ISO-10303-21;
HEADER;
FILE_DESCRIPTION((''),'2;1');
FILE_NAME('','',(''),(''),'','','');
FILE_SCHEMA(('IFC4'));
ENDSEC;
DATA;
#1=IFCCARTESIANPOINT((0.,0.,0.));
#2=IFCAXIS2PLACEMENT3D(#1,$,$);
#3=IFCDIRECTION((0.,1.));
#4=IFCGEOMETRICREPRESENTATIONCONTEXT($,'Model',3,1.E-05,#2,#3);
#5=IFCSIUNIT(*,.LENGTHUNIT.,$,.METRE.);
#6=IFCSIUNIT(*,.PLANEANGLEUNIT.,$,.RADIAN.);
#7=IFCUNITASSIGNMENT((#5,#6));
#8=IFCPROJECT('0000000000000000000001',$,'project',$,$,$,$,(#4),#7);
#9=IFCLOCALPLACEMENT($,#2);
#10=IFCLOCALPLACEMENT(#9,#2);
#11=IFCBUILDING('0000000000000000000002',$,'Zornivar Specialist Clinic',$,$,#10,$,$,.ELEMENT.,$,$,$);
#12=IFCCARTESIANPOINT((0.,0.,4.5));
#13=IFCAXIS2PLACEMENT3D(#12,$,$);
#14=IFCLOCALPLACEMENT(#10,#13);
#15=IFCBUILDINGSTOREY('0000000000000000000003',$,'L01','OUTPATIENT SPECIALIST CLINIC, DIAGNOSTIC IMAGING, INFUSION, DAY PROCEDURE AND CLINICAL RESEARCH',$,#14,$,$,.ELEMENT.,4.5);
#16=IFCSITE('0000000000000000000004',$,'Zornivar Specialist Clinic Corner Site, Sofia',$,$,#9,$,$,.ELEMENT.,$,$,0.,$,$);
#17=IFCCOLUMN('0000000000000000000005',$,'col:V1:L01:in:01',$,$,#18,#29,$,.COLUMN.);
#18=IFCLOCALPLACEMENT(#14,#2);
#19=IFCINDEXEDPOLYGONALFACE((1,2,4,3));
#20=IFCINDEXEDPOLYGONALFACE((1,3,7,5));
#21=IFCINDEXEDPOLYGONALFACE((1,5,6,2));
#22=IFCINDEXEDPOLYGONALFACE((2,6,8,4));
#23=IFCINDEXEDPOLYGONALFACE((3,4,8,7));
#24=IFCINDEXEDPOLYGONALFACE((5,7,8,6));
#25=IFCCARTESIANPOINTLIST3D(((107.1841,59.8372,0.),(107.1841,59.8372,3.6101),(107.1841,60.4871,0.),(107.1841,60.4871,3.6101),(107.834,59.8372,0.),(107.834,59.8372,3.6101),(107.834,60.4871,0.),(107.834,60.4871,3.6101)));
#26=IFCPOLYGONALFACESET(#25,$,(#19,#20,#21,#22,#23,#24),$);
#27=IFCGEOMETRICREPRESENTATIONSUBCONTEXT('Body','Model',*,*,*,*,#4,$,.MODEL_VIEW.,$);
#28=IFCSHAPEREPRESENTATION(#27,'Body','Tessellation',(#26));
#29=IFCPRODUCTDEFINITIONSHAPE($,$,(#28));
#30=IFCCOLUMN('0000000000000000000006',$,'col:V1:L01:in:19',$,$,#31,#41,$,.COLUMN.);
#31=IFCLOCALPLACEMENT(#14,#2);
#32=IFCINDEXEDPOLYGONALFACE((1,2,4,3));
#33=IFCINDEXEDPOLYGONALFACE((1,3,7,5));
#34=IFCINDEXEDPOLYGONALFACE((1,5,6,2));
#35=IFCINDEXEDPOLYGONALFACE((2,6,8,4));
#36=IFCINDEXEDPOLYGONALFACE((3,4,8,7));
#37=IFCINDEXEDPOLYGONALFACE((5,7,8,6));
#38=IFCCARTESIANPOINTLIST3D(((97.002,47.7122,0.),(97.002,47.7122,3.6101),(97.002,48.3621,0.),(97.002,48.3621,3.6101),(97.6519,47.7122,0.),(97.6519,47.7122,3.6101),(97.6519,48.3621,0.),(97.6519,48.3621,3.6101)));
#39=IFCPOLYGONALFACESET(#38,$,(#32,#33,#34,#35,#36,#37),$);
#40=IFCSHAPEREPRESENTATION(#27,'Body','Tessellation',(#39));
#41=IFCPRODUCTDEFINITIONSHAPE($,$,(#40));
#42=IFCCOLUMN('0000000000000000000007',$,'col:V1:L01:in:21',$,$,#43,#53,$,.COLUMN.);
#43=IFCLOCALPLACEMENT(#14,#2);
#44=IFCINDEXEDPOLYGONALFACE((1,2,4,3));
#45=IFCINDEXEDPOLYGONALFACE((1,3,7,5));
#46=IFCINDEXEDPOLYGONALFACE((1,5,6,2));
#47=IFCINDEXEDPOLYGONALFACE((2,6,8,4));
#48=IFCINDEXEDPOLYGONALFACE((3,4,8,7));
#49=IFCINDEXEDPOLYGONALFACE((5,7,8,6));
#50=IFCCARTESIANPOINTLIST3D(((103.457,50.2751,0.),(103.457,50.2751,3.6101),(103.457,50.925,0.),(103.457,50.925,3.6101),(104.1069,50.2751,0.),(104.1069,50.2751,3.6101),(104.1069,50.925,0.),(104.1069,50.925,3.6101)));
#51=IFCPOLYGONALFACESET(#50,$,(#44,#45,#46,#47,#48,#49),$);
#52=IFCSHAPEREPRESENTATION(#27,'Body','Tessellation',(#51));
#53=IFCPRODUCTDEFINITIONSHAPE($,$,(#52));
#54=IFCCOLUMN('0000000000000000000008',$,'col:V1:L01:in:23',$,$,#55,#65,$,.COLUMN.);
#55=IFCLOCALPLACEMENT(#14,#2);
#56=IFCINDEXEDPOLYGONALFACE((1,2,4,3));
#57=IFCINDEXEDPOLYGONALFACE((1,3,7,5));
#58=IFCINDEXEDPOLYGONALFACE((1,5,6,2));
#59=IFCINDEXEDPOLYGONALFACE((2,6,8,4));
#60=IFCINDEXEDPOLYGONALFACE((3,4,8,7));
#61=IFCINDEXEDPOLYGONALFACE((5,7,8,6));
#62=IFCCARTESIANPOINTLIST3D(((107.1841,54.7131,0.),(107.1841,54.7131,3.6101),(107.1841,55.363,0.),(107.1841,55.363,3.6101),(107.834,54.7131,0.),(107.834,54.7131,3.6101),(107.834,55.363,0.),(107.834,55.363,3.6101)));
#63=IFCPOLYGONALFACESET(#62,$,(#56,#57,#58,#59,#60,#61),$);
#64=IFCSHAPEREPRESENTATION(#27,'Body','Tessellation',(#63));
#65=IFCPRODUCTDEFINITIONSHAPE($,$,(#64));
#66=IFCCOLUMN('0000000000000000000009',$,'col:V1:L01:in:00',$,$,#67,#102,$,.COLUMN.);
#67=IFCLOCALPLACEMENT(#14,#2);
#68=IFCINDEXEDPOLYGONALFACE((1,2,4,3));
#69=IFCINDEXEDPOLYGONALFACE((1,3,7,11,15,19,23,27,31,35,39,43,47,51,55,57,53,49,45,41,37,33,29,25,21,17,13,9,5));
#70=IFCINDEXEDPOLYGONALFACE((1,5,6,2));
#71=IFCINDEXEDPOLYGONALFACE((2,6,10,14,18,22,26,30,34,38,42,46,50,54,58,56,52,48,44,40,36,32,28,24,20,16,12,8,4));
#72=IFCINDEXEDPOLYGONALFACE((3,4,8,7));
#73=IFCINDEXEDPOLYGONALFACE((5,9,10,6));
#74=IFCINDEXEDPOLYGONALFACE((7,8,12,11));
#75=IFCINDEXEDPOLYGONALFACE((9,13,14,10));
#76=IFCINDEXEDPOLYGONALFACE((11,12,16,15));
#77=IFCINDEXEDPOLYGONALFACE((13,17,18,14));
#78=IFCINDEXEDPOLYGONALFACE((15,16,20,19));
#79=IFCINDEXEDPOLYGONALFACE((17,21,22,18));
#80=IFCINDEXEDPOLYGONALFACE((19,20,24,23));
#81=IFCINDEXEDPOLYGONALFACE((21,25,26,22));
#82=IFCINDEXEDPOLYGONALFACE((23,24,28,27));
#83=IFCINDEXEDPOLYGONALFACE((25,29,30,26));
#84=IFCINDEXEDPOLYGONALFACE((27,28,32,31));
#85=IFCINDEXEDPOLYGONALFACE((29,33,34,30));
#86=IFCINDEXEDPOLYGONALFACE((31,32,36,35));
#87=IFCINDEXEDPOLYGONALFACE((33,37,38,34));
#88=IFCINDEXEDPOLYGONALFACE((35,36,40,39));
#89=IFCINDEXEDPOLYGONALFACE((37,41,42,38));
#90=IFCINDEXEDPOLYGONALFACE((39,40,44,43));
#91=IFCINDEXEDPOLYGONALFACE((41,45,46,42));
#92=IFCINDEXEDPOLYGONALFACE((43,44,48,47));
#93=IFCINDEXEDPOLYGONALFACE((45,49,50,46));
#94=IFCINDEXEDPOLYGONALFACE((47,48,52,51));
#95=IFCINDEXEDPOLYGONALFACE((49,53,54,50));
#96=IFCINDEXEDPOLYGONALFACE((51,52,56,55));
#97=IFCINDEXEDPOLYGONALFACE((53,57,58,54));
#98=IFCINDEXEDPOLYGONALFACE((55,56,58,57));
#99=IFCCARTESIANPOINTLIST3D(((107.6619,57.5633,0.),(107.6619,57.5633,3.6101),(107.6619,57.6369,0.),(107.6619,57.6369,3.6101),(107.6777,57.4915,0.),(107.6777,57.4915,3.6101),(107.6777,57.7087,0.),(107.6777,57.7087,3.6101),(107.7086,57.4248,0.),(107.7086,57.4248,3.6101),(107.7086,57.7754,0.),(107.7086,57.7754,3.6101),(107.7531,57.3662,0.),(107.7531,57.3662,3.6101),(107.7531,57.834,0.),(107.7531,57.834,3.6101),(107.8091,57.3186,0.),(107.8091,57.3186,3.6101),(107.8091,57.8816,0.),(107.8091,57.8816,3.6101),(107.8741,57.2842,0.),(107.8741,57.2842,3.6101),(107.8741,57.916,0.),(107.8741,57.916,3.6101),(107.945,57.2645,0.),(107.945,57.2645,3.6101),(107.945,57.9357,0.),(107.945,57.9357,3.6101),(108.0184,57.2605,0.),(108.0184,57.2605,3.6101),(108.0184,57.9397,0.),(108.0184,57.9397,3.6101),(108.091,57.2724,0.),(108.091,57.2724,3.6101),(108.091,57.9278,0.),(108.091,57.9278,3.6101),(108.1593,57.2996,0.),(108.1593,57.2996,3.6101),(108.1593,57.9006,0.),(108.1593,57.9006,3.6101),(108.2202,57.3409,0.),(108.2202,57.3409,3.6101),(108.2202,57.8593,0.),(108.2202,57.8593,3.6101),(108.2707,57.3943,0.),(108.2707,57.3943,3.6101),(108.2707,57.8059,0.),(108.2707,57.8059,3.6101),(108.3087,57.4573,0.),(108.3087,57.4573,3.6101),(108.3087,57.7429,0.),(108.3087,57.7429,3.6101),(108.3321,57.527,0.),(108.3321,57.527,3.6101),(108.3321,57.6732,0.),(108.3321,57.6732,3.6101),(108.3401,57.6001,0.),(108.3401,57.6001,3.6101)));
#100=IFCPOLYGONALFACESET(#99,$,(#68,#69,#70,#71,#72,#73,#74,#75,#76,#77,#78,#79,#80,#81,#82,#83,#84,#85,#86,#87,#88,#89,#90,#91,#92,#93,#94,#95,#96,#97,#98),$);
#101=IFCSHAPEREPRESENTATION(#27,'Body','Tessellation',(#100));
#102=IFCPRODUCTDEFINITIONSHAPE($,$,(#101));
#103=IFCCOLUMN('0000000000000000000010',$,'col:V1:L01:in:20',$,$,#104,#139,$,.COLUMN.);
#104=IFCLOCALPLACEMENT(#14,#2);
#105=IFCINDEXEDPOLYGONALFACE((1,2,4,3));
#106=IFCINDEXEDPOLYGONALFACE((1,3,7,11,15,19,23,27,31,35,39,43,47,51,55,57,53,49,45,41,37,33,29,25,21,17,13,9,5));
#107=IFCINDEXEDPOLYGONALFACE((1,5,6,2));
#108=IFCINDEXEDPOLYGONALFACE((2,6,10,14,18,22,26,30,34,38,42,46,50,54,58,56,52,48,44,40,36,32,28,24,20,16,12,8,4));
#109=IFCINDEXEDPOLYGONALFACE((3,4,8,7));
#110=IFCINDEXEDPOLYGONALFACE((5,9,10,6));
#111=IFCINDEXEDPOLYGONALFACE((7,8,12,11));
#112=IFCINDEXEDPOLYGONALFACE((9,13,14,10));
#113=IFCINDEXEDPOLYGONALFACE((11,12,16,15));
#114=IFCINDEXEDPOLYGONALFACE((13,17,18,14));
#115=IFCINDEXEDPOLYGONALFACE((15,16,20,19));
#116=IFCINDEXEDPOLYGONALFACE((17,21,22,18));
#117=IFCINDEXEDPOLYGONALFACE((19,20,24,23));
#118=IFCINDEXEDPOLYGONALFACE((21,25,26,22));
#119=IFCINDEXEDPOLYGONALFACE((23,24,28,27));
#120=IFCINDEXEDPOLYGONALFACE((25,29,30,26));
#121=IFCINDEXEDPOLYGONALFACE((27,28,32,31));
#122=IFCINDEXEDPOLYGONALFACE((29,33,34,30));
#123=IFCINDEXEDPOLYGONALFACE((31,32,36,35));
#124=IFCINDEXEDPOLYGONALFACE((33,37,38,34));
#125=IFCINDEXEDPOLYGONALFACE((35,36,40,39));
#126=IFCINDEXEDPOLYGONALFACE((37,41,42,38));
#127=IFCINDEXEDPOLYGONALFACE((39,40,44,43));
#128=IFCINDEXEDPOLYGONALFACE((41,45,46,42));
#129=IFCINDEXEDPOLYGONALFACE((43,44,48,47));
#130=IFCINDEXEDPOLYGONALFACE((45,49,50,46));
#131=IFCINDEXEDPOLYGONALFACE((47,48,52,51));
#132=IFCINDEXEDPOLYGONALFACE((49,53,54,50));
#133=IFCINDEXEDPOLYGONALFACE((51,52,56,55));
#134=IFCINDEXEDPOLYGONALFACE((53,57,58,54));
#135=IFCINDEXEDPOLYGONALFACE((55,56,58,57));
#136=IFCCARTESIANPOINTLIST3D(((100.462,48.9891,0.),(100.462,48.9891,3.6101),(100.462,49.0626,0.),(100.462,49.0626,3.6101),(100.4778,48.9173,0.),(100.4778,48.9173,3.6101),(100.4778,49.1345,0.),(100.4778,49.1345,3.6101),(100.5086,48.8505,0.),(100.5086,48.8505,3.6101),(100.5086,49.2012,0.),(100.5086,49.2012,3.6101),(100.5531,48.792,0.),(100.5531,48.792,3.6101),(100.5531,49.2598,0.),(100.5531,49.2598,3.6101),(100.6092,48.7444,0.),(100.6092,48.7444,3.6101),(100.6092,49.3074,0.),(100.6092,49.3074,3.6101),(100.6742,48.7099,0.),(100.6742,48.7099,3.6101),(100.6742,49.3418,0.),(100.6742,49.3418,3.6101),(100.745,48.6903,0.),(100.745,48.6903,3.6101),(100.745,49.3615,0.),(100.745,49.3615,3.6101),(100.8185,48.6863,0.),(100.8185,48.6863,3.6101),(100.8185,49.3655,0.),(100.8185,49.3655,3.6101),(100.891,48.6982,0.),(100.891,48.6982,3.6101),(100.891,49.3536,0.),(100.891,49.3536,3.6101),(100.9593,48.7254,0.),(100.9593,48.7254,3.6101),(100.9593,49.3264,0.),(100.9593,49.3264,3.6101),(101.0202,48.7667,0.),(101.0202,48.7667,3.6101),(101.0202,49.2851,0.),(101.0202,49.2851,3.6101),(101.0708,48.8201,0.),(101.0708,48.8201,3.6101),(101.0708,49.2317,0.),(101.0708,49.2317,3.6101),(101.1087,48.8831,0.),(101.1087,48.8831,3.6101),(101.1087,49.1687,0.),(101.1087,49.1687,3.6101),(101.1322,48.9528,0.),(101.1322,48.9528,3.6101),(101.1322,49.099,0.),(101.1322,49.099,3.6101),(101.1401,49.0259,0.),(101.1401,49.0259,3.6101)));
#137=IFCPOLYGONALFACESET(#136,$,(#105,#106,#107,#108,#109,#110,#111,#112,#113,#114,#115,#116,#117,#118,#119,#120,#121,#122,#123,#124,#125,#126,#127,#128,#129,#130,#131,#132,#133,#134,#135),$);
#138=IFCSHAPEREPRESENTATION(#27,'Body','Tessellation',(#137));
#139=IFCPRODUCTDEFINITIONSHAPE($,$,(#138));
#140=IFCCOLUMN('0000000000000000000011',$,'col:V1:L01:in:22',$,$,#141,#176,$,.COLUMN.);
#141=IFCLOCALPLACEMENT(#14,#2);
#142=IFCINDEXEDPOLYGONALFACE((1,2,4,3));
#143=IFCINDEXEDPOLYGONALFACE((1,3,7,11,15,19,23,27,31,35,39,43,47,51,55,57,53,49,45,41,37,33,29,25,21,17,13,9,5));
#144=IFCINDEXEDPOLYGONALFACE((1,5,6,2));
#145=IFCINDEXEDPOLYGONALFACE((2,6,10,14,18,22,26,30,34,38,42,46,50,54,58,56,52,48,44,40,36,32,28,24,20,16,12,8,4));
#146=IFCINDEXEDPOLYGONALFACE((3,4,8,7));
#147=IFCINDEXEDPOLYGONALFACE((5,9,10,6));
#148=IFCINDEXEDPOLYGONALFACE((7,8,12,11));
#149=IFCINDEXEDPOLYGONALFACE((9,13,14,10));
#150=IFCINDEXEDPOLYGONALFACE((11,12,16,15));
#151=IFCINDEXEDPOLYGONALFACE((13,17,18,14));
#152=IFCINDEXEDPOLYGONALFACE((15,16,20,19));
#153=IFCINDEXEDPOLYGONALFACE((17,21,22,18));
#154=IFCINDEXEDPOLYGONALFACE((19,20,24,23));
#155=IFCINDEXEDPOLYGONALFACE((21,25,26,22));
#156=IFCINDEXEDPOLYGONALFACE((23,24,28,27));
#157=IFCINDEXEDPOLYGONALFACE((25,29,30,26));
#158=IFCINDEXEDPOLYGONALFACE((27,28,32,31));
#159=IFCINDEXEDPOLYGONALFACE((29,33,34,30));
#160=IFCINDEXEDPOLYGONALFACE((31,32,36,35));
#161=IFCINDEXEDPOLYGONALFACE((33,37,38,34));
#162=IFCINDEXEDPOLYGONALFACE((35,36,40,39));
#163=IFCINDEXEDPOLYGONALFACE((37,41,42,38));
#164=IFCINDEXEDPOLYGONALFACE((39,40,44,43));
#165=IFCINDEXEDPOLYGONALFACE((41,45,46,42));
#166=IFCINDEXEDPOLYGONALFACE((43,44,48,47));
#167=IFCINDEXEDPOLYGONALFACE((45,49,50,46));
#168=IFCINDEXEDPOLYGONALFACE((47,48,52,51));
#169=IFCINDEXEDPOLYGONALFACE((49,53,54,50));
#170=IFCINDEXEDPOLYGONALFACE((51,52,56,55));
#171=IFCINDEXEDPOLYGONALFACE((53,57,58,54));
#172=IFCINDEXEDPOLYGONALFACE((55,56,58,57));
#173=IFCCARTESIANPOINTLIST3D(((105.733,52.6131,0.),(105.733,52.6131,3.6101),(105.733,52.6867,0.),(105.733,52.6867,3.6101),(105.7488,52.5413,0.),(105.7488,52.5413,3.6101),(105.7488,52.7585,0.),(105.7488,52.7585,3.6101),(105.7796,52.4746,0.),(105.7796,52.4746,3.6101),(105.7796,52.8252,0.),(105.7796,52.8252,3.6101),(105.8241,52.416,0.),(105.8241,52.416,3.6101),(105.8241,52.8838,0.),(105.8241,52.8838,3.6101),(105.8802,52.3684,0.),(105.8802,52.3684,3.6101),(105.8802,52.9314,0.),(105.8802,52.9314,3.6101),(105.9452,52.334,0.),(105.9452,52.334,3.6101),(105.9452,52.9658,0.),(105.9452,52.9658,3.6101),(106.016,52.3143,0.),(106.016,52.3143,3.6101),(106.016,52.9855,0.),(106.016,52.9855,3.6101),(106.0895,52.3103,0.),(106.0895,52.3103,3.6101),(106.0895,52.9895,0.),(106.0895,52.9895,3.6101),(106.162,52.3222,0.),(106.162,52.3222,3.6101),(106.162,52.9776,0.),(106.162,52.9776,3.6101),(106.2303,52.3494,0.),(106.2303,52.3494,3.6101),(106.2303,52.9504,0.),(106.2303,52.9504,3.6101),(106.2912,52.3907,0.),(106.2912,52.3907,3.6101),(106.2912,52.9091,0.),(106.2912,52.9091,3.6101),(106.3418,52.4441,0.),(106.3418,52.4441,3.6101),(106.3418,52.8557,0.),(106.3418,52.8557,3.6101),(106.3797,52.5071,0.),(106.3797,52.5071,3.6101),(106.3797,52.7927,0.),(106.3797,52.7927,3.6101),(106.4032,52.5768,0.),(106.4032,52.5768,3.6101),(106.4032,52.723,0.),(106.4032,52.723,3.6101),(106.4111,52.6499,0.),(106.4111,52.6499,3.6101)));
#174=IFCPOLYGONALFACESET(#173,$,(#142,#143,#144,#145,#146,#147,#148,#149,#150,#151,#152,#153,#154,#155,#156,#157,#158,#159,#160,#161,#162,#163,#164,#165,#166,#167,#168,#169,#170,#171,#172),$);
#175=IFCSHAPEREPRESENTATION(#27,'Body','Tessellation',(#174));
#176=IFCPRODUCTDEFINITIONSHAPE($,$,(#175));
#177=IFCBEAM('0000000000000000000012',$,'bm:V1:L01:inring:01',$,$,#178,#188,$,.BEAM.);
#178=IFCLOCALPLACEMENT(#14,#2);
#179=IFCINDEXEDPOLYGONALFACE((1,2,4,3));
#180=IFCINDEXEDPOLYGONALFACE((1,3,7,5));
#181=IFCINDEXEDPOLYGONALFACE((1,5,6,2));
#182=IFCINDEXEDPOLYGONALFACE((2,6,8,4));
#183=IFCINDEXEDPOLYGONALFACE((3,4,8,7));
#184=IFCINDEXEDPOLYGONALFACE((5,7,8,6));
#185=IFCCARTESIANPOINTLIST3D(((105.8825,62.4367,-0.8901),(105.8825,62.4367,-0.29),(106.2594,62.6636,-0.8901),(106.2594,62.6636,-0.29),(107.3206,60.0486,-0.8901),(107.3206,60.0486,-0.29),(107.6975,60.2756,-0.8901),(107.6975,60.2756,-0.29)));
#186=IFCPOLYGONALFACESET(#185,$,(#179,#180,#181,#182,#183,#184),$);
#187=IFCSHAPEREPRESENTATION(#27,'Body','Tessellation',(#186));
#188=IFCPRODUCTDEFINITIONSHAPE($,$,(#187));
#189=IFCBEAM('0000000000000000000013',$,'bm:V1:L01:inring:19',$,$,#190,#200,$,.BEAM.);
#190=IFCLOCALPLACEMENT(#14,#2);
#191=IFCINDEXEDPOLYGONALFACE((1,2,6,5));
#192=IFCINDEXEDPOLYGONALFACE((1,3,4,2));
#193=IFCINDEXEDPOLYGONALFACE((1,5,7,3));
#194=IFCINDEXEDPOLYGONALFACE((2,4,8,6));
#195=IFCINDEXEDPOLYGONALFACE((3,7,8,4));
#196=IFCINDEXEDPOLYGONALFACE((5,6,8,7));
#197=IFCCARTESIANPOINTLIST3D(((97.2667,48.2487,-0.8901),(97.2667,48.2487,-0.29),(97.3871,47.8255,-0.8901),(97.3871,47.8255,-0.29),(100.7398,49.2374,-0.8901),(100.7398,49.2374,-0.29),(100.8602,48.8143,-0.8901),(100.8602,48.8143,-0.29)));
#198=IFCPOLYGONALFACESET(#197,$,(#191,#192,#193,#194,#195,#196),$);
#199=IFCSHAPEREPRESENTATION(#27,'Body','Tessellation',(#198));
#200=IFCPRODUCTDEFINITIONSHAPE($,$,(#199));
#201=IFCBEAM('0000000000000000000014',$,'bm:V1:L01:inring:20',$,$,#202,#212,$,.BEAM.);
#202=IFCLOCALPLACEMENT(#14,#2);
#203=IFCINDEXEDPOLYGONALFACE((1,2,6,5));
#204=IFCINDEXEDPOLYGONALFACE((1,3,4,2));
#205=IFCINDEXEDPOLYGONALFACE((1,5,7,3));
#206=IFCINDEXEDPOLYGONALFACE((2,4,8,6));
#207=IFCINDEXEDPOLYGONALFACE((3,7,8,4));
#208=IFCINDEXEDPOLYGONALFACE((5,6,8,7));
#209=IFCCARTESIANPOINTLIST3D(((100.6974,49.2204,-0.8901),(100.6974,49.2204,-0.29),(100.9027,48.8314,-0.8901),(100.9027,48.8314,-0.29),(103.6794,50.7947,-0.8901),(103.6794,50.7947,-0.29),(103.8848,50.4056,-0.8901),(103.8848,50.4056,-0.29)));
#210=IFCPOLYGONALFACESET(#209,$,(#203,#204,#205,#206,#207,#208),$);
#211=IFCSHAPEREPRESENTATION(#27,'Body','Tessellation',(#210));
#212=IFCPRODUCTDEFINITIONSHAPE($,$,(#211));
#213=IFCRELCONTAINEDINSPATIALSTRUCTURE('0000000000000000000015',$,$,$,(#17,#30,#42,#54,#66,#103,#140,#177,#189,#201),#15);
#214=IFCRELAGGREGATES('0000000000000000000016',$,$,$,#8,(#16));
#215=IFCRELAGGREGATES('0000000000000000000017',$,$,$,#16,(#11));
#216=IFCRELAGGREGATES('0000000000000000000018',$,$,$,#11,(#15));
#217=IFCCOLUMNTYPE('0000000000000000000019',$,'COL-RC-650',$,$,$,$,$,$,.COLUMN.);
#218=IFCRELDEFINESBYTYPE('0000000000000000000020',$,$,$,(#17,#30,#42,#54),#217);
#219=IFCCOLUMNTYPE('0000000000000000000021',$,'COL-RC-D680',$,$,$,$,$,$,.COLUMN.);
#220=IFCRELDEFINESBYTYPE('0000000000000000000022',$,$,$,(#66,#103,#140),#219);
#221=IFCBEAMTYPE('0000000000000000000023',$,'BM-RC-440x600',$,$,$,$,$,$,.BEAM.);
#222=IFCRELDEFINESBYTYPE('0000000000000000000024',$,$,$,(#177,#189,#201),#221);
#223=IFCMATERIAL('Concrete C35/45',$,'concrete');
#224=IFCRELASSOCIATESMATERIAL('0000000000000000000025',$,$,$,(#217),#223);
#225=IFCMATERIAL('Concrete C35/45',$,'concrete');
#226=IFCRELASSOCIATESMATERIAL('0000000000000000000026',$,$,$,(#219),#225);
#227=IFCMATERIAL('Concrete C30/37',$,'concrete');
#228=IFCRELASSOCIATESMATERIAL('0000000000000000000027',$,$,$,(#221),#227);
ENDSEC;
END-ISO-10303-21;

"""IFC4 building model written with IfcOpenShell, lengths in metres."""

from ifc_helpers import new_model, si_unit, direction, frame, origin, origin_2d, place, context, subcontext, project, spatial, rectangle, circle, extrude, material, material_profile, profile_set, type_object, element, save


model = new_model("IFC4")

# Units and contexts
model_context = context("Model", 3, precision=1e-05, world=origin(), true_north=direction((0.0, 1.0)))
body_context = subcontext(model_context, "Body", "Model", "MODEL_VIEW")
ifc_project = project(units=[si_unit("LENGTHUNIT", "METRE"), si_unit("PLANEANGLEUNIT", "RADIAN")], contexts=[model_context])

# Site, building, storey
site_placement = place(None, origin())
site = spatial("IfcSite", under=ifc_project, at=site_placement, Name="Zornivar Specialist Clinic Corner Site, Sofia", CompositionType="ELEMENT", RefElevation=0.0)
building_placement = place(site_placement, origin())
building = spatial("IfcBuilding", under=site, at=building_placement, Name="Zornivar Specialist Clinic", CompositionType="ELEMENT")
storey_placement = place(building_placement, frame((0.0, 0.0, 4.5)))
storey = spatial("IfcBuildingStorey", under=building, at=storey_placement, Name="L01", Description="OUTPATIENT SPECIALIST CLINIC, DIAGNOSTIC IMAGING, INFUSION, DAY PROCEDURE AND CLINICAL RESEARCH", CompositionType="ELEMENT", Elevation=4.5)

# Columns
ifc_material_1 = material(Name="Concrete C35/45", Category="concrete")
ifc_material_profile_1 = material_profile(ifc_material_1, rectangle(XDim=0.6499, YDim=0.6499, at=origin_2d()), Name="RC 650x650")
ifc_profile_set_1 = profile_set([ifc_material_profile_1], Name="Concrete C35/45")
column_type_1 = type_object("IfcColumnType", Name="COL-RC-650", PredefinedType="COLUMN", material=ifc_profile_set_1)
for number, where, z_axis, x_axis, name in (
    (1, (107.509, 60.1621, 0.0), (0.0, 0.0, 1.0), (1.0, 0.0, 0.0), "col:V1:L01:in:01"),
    (2, (97.3269, 48.0371, 0.0), (0.0, 0.0, 1.0), (1.0, 0.0, 0.0), "col:V1:L01:in:19"),
    (3, (103.782, 50.6001, 0.0), (0.0, 0.0, 1.0), (1.0, 0.0, 0.0), "col:V1:L01:in:21"),
    (4, (107.509, 55.0381, 0.0), (0.0, 0.0, 1.0), (1.0, 0.0, 0.0), "col:V1:L01:in:23"),
):
    element("IfcColumn", number, at=place(storey_placement, frame(where, z_axis=z_axis, x_axis=x_axis)), inside=storey, type_object=column_type_1, Name=name, PredefinedType="COLUMN", context=body_context, shape_type="SweptSolid", body=[
        extrude(rectangle(XDim=0.6499, YDim=0.6499, at=origin_2d()), origin(), (0.0, 0.0, 1.0), 3.6101),
    ])
ifc_material_2 = material(Name="Concrete C35/45", Category="concrete")
ifc_material_profile_2 = material_profile(ifc_material_2, circle(Radius=0.3401, at=origin_2d()), Name="RC D680")
ifc_profile_set_2 = profile_set([ifc_material_profile_2], Name="Concrete C35/45")
column_type_2 = type_object("IfcColumnType", Name="COL-RC-D680", PredefinedType="COLUMN", material=ifc_profile_set_2)
for number, where, z_axis, x_axis, name in (
    (5, (108.0, 57.6001, 0.0), (0.0, 0.0, 1.0), (1.0, 0.0, 0.0), "col:V1:L01:in:00"),
    (6, (100.8, 49.0259, 0.0), (0.0, 0.0, 1.0), (1.0, 0.0, 0.0), "col:V1:L01:in:20"),
    (7, (106.071, 52.6499, 0.0), (0.0, 0.0, 1.0), (1.0, 0.0, 0.0), "col:V1:L01:in:22"),
):
    element("IfcColumn", number, at=place(storey_placement, frame(where, z_axis=z_axis, x_axis=x_axis)), inside=storey, type_object=column_type_2, Name=name, PredefinedType="COLUMN", context=body_context, shape_type="SweptSolid", body=[
        extrude(circle(Radius=0.3401, at=origin_2d()), origin(), (0.0, 0.0, 1.0), 3.6101),
    ])

# Beams
ifc_material_3 = material(Name="Concrete C30/37", Category="concrete")
ifc_material_profile_3 = material_profile(ifc_material_3, rectangle(XDim=0.4399, YDim=0.6001, at=origin_2d()), Name="RC 440x600")
ifc_profile_set_3 = profile_set([ifc_material_profile_3], Name="Concrete C30/37")
beam_type_1 = type_object("IfcBeamType", Name="BM-RC-440x600", PredefinedType="BEAM", material=ifc_profile_set_3)
beam_1_placement = place(storey_placement, frame((107.509, 60.1621, -0.5901), z_axis=(-0.515873, 0.856665, 0.0), x_axis=(-0.856665, -0.515873, 0.0)))
element("IfcBeam", 8, at=beam_1_placement, inside=storey, type_object=beam_type_1, Name="bm:V1:L01:inring:01", PredefinedType="BEAM", context=body_context, shape_type="SweptSolid", body=[
    extrude(rectangle(XDim=0.4399, YDim=0.6001, at=origin_2d()), origin(), (0.0, 0.0, 1.0), 2.7876),
])
beam_2_placement = place(storey_placement, frame((97.3269, 48.0371, -0.5901), z_axis=(0.961784, 0.27381, 0.0), x_axis=(-0.27381, 0.961784, 0.0)))
element("IfcBeam", 9, at=beam_2_placement, inside=storey, type_object=beam_type_1, Name="bm:V1:L01:inring:19", PredefinedType="BEAM", context=body_context, shape_type="SweptSolid", body=[
    extrude(rectangle(XDim=0.4399, YDim=0.6001, at=origin_2d()), origin(), (0.0, 0.0, 1.0), 3.6111),
])
beam_3_placement = place(storey_placement, frame((100.8, 49.0259, -0.5901), z_axis=(0.884333, 0.466856, 0.0), x_axis=(-0.466856, 0.884333, 0.0)))
element("IfcBeam", 10, at=beam_3_placement, inside=storey, type_object=beam_type_1, Name="bm:V1:L01:inring:20", PredefinedType="BEAM", context=body_context, shape_type="SweptSolid", body=[
    extrude(rectangle(XDim=0.4399, YDim=0.6001, at=origin_2d()), origin(), (0.0, 0.0, 1.0), 3.3721),
])

save(model, "model.ifc")
